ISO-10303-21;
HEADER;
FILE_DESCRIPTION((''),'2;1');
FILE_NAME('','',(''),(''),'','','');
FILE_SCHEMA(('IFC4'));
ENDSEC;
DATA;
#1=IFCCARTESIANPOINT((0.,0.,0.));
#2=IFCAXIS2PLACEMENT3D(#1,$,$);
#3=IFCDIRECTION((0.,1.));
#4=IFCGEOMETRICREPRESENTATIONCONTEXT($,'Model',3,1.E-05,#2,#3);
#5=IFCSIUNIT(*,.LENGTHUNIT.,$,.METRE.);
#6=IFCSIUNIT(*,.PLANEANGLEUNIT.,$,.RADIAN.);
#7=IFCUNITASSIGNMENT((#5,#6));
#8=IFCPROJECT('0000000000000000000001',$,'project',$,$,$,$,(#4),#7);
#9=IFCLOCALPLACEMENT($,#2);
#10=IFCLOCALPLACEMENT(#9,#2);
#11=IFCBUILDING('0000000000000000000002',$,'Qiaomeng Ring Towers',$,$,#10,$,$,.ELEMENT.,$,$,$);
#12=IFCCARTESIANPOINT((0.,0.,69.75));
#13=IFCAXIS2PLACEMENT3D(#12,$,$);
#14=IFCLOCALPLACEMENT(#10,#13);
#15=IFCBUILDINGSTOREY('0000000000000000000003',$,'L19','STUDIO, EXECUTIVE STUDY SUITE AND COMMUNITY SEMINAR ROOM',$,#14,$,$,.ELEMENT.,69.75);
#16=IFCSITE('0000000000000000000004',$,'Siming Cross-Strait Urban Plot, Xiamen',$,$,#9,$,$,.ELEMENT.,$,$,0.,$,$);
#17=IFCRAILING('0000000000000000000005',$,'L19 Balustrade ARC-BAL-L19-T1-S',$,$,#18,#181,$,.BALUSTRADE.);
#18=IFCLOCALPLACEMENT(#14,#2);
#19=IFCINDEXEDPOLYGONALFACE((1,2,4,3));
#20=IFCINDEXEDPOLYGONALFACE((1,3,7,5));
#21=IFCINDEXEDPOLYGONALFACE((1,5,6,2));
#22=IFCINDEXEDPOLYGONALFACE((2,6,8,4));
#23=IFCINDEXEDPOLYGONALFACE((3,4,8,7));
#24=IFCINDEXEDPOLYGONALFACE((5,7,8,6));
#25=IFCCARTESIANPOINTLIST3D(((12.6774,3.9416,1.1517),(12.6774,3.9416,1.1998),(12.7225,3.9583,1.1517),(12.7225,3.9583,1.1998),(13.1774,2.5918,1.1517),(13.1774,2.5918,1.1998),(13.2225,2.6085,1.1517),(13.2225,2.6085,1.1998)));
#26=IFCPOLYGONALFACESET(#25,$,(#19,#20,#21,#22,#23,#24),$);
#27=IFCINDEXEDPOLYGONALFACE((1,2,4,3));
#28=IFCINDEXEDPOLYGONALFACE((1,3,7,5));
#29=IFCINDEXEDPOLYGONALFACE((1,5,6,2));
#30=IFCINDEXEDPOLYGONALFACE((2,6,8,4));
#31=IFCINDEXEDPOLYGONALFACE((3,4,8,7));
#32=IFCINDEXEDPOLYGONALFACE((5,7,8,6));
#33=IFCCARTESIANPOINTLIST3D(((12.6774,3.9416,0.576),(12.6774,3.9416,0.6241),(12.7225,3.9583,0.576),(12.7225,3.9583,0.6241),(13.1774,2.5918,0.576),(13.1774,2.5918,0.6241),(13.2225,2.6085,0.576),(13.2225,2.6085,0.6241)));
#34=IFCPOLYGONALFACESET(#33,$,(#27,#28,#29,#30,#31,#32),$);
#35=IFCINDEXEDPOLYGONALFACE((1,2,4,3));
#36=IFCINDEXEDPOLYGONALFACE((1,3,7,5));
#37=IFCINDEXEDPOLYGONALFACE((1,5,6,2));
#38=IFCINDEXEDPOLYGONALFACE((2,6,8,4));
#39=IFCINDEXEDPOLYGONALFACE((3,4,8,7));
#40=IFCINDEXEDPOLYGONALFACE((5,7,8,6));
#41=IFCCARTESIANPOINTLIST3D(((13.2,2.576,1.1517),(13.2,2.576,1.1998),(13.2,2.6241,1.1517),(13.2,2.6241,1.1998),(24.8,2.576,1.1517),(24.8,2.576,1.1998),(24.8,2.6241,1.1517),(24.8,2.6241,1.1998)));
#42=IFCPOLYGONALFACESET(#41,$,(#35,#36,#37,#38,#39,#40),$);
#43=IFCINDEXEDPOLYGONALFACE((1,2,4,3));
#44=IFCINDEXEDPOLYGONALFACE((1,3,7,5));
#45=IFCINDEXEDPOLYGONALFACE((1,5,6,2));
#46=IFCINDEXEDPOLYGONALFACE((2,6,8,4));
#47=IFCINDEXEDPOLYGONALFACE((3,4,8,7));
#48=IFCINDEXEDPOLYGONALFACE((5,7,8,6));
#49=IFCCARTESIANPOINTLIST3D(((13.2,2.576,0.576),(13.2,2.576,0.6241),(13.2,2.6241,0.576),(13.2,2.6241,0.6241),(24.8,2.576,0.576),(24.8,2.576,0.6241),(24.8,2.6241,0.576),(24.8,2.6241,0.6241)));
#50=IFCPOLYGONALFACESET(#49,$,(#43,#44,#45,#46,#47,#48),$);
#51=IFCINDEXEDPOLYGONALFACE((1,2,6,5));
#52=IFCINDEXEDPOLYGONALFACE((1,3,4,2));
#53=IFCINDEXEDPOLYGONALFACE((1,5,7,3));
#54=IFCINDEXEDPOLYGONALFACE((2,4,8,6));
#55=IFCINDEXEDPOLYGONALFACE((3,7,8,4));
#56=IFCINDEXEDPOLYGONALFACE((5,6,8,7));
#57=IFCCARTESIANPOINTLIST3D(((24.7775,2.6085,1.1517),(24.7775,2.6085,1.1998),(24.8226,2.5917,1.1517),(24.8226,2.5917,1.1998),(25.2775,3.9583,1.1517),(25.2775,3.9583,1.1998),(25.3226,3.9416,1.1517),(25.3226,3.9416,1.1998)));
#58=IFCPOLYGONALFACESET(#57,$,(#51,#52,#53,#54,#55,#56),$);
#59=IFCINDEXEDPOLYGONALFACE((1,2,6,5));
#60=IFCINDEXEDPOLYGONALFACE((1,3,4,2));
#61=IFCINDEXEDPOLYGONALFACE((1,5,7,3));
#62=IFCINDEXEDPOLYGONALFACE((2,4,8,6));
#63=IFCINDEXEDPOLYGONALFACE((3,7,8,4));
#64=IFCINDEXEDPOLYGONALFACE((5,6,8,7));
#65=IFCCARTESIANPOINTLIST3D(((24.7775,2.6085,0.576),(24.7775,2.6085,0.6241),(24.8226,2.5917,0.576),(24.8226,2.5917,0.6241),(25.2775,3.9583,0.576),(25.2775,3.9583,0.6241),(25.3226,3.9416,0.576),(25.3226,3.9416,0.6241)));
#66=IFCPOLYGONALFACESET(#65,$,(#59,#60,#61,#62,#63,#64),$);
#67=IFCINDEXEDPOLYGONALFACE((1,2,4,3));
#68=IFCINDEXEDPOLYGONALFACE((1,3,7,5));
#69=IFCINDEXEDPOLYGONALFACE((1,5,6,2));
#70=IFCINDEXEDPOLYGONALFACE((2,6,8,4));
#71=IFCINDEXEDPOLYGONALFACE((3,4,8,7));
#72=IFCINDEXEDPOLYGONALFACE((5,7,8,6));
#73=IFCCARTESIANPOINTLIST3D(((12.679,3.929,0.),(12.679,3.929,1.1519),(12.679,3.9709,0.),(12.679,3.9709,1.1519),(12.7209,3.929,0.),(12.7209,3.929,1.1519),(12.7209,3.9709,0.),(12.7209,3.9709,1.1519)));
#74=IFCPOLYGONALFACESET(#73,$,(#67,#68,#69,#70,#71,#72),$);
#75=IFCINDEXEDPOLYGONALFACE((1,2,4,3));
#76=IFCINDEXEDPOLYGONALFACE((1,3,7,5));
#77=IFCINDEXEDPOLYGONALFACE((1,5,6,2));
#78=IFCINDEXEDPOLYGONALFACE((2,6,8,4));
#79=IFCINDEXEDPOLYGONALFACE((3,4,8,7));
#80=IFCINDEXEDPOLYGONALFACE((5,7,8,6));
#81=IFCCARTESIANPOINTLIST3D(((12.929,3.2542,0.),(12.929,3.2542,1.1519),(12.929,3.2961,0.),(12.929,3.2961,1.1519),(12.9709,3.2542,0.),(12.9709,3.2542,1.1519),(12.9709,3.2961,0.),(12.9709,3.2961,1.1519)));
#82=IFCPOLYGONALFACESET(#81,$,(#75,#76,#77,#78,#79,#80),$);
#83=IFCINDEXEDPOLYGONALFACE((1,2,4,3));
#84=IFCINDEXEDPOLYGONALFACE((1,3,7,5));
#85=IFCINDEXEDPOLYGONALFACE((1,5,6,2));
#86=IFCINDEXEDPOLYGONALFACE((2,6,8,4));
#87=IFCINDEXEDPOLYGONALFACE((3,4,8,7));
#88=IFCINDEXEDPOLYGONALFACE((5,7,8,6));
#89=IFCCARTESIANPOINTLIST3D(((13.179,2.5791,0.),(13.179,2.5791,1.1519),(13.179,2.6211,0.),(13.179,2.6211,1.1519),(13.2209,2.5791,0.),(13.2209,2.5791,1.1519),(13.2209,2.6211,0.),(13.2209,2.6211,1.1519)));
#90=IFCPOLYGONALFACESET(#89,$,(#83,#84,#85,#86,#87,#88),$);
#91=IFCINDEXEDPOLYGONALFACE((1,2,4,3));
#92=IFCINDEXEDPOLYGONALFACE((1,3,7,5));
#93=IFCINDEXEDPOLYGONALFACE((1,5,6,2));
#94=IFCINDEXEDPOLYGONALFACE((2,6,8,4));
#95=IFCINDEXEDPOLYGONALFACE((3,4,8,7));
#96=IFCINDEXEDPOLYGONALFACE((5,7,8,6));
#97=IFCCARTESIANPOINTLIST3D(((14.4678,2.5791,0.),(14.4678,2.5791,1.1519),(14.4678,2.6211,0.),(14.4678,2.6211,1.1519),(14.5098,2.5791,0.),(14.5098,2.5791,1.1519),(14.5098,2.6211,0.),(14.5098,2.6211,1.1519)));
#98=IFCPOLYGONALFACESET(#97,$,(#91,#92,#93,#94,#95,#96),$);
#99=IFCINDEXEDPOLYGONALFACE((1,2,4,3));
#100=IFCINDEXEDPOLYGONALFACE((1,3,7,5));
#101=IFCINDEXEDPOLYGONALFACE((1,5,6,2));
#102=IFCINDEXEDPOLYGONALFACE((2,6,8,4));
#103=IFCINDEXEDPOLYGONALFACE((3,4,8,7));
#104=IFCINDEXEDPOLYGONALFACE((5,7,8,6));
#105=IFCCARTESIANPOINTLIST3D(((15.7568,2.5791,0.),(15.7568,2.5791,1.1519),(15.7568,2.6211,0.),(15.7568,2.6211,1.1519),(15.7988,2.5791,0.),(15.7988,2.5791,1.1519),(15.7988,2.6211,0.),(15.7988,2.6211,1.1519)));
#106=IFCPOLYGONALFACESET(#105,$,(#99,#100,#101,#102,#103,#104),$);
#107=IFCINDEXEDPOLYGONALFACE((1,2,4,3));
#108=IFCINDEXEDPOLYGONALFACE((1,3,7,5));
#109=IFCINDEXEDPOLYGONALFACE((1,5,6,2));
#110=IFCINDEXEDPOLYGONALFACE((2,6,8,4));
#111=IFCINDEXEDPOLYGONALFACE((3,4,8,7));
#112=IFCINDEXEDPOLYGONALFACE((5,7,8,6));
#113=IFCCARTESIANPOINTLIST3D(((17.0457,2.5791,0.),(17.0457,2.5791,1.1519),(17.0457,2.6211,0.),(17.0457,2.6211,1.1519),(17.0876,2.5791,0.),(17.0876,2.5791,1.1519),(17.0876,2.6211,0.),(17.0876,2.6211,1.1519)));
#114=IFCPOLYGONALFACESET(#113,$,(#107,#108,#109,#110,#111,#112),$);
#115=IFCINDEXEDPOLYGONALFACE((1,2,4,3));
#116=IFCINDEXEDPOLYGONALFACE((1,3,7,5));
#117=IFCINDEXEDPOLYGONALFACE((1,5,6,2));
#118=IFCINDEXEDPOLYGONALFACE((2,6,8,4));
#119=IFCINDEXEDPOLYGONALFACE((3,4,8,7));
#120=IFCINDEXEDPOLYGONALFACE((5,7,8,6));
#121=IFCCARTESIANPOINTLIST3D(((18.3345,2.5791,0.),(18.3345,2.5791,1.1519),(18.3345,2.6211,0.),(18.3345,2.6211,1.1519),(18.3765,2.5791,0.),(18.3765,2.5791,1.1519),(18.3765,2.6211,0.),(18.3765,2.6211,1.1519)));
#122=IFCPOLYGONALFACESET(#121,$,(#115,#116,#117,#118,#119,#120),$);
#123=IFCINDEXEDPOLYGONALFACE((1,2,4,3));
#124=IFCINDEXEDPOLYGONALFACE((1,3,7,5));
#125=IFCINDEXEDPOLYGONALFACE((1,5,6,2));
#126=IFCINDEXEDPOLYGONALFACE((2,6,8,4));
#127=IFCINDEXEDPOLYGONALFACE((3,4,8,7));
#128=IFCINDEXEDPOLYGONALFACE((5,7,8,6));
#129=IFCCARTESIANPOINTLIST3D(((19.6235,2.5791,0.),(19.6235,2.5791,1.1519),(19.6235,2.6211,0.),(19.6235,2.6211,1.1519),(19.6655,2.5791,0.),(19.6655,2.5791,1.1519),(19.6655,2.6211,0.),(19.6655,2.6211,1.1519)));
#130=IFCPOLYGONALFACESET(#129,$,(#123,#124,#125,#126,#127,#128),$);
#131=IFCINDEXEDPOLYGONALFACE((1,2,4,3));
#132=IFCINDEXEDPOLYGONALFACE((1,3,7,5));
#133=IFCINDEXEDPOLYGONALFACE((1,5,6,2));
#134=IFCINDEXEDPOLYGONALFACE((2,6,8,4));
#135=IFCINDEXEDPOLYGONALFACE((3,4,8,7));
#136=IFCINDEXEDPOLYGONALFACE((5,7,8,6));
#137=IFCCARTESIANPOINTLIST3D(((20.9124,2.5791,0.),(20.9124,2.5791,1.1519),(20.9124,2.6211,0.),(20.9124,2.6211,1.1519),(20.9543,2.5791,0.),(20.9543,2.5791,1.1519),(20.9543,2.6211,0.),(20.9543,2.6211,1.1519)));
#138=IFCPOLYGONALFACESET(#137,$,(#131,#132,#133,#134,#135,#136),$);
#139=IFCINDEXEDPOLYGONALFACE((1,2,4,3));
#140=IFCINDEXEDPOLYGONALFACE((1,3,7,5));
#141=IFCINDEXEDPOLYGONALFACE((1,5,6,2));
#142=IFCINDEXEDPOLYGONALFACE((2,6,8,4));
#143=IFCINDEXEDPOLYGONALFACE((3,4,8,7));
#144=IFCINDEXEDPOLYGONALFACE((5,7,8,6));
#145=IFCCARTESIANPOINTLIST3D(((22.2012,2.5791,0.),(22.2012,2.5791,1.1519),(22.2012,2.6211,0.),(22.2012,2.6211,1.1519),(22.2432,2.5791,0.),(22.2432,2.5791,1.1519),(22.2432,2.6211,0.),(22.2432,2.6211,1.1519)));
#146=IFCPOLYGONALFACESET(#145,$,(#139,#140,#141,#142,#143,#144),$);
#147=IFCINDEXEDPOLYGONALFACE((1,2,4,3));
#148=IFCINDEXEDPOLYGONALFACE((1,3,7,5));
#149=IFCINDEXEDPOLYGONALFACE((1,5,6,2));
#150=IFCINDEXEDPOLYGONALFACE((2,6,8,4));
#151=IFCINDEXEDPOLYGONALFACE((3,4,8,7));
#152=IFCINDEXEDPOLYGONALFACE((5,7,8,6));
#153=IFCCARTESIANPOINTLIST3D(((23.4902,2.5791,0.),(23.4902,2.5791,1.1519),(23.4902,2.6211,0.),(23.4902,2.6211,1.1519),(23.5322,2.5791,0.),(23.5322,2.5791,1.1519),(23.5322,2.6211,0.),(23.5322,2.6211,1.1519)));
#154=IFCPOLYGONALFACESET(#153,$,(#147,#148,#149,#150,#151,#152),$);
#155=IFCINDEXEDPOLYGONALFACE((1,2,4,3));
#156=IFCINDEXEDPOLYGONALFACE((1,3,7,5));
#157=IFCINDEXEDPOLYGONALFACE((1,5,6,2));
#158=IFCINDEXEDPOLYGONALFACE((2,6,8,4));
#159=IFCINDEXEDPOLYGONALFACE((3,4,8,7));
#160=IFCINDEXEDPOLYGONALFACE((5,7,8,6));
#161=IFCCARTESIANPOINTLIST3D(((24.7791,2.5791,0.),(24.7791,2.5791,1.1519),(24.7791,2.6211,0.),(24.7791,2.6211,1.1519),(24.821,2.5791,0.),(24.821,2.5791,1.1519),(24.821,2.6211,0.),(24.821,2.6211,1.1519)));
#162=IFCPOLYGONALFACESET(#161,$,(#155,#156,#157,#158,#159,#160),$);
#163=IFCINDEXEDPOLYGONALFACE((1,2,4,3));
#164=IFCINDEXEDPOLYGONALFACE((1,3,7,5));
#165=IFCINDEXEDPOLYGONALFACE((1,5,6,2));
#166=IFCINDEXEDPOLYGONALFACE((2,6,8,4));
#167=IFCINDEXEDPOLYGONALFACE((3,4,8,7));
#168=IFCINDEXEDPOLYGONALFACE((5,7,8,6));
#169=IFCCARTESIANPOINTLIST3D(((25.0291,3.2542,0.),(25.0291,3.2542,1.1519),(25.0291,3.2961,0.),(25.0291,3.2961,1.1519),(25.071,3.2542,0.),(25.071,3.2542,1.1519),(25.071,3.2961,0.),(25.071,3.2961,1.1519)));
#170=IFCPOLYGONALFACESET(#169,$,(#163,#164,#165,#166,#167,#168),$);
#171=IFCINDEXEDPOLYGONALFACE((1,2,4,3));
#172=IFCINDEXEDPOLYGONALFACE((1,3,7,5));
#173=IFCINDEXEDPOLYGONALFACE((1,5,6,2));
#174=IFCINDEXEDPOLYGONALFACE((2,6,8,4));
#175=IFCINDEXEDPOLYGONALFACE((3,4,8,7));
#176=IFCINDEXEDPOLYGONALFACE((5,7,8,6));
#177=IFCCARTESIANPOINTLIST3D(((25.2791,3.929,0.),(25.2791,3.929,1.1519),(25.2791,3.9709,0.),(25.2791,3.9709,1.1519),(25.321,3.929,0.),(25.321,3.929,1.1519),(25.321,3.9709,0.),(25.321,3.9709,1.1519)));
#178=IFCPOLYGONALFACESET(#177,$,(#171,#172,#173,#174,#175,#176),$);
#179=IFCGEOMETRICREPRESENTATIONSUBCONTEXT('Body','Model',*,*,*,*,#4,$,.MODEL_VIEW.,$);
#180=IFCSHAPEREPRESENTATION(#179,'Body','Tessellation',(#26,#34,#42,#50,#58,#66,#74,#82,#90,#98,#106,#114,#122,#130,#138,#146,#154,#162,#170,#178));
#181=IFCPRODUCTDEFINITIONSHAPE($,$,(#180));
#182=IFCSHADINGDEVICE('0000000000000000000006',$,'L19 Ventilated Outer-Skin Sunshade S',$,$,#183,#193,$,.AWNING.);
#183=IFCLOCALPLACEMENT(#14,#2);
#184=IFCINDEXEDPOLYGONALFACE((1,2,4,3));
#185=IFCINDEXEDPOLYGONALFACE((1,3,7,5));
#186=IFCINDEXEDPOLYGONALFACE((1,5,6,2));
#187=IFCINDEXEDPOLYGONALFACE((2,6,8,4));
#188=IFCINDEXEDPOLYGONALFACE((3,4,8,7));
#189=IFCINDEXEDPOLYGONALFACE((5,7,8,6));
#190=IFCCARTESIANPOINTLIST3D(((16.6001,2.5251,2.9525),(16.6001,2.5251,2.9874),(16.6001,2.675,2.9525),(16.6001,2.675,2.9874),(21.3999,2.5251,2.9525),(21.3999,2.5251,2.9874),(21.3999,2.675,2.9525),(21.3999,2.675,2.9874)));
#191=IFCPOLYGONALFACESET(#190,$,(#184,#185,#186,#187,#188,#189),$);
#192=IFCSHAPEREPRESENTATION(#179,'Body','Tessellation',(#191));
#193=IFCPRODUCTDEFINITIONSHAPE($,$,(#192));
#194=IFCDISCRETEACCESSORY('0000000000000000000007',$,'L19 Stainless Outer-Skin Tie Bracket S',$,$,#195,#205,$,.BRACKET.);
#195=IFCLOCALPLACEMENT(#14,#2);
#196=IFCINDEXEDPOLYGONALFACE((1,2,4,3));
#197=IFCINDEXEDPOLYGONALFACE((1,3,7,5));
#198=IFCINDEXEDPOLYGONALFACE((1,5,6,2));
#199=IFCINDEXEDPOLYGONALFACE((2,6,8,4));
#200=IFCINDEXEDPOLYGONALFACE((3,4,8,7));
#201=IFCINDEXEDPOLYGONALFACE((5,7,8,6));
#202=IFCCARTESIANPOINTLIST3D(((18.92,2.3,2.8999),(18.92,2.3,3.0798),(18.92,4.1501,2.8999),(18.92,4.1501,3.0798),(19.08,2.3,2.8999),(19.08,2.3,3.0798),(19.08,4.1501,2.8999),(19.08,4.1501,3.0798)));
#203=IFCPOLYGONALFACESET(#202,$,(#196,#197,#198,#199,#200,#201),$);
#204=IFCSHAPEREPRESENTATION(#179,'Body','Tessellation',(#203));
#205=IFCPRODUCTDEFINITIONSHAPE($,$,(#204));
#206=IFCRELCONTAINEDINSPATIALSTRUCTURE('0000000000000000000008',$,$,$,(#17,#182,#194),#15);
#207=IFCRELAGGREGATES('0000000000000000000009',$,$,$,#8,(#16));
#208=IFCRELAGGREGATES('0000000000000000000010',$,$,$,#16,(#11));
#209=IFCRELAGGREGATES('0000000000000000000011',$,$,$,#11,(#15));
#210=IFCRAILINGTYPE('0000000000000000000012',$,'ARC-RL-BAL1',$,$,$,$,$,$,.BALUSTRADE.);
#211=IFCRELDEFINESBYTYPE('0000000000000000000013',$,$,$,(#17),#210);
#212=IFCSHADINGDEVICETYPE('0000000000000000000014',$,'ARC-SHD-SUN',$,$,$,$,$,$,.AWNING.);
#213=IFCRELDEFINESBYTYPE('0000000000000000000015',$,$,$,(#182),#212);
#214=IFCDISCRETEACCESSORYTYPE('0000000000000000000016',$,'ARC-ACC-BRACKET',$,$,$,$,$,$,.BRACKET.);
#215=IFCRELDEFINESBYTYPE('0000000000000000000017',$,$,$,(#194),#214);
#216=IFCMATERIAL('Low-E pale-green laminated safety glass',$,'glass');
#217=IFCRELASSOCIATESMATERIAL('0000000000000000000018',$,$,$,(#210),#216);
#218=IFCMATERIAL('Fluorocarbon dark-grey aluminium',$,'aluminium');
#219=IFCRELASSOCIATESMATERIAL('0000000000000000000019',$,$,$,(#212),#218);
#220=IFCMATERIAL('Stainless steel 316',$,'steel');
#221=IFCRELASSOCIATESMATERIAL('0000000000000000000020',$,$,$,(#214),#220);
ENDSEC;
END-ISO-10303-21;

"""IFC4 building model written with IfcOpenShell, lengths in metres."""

from ifc_helpers import new_model, si_unit, direction, frame, origin, origin_2d, place, context, subcontext, project, spatial, rectangle, extrude, source, transform, mapped, material, material_profile, profile_set, type_object, element, save


model = new_model("IFC4")

# Units and contexts
model_context = context("Model", 3, precision=1e-05, world=origin(), true_north=direction((0.0, 1.0)))
body_context = subcontext(model_context, "Body", "Model", "MODEL_VIEW")
ifc_project = project(units=[si_unit("LENGTHUNIT", "METRE"), si_unit("PLANEANGLEUNIT", "RADIAN")], contexts=[model_context])

# Site, building, storey
site_placement = place(None, origin())
site = spatial("IfcSite", under=ifc_project, at=site_placement, Name="Siming Cross-Strait Urban Plot, Xiamen", CompositionType="ELEMENT", RefElevation=0.0)
building_placement = place(site_placement, origin())
building = spatial("IfcBuilding", under=site, at=building_placement, Name="Qiaomeng Ring Towers", CompositionType="ELEMENT")
storey_placement = place(building_placement, frame((0.0, 0.0, 69.75)))
storey = spatial("IfcBuildingStorey", under=building, at=storey_placement, Name="L19", Description="STUDIO, EXECUTIVE STUDY SUITE AND COMMUNITY SEMINAR ROOM", CompositionType="ELEMENT", Elevation=69.75)

# Shared definitions
ifc_material_1 = material(Name="Stainless steel 316", Category="steel")

# Railing
ifc_material_2 = material(Name="Low-E pale-green laminated safety glass", Category="glass")
railing_type = type_object("IfcRailingType", Name="ARC-RL-BAL1", PredefinedType="BALUSTRADE", material=ifc_material_2)
railing_placement = place(storey_placement, frame((12.7, 3.95, 0.0)))
element("IfcRailing", 1, at=railing_placement, inside=storey, type_object=railing_type, Name="L19 Balustrade ARC-BAL-L19-T1-S", PredefinedType="BALUSTRADE", context=body_context, shape_type="SweptSolid", body=[
    extrude(rectangle(XDim=0.0481, YDim=0.0481, at=origin_2d()), frame((0.0, 0.0, 1.1758), z_axis=(0.347347, -0.937736, 0.0), x_axis=(0.937736, 0.347347, 0.0)), (0.0, 0.0, 1.0), 1.4395),
    extrude(rectangle(XDim=0.0481, YDim=0.0481, at=origin_2d()), frame((0.0, 0.0, 0.6001), z_axis=(0.347347, -0.937736, 0.0), x_axis=(0.937736, 0.347347, 0.0)), (0.0, 0.0, 1.0), 1.4395),
    extrude(rectangle(XDim=0.0481, YDim=0.0481, at=origin_2d()), frame((0.5, -1.3499, 1.1758), z_axis=(1.0, 0.0, 0.0), x_axis=(0.0, 1.0, 0.0)), (0.0, 0.0, 1.0), 11.6001),
    extrude(rectangle(XDim=0.0481, YDim=0.0481, at=origin_2d()), frame((0.5, -1.3499, 0.6001), z_axis=(1.0, 0.0, 0.0), x_axis=(0.0, 1.0, 0.0)), (0.0, 0.0, 1.0), 11.6001),
    extrude(rectangle(XDim=0.0481, YDim=0.0481, at=origin_2d()), frame((12.1001, -1.3499, 1.1758), z_axis=(0.347347, 0.937736, 0.0), x_axis=(-0.937736, 0.347347, 0.0)), (0.0, 0.0, 1.0), 1.4395),
    extrude(rectangle(XDim=0.0481, YDim=0.0481, at=origin_2d()), frame((12.1001, -1.3499, 0.6001), z_axis=(0.347347, 0.937736, 0.0), x_axis=(-0.937736, 0.347347, 0.0)), (0.0, 0.0, 1.0), 1.4395),
    extrude(rectangle(XDim=0.042, YDim=0.042, at=origin_2d()), origin(), (0.0, 0.0, 1.0), 1.1519),
    extrude(rectangle(XDim=0.042, YDim=0.042, at=origin_2d()), frame((0.25, -0.6748, 0.0)), (0.0, 0.0, 1.0), 1.1519),
    extrude(rectangle(XDim=0.042, YDim=0.042, at=origin_2d()), frame((0.5, -1.3499, 0.0)), (0.0, 0.0, 1.0), 1.1519),
    extrude(rectangle(XDim=0.042, YDim=0.042, at=origin_2d()), frame((1.7888, -1.3499, 0.0)), (0.0, 0.0, 1.0), 1.1519),
    extrude(rectangle(XDim=0.042, YDim=0.042, at=origin_2d()), frame((3.0779, -1.3499, 0.0)), (0.0, 0.0, 1.0), 1.1519),
    extrude(rectangle(XDim=0.042, YDim=0.042, at=origin_2d()), frame((4.3667, -1.3499, 0.0)), (0.0, 0.0, 1.0), 1.1519),
    extrude(rectangle(XDim=0.042, YDim=0.042, at=origin_2d()), frame((5.6555, -1.3499, 0.0)), (0.0, 0.0, 1.0), 1.1519),
    extrude(rectangle(XDim=0.042, YDim=0.042, at=origin_2d()), frame((6.9446, -1.3499, 0.0)), (0.0, 0.0, 1.0), 1.1519),
    extrude(rectangle(XDim=0.042, YDim=0.042, at=origin_2d()), frame((8.2334, -1.3499, 0.0)), (0.0, 0.0, 1.0), 1.1519),
    extrude(rectangle(XDim=0.042, YDim=0.042, at=origin_2d()), frame((9.5222, -1.3499, 0.0)), (0.0, 0.0, 1.0), 1.1519),
    extrude(rectangle(XDim=0.042, YDim=0.042, at=origin_2d()), frame((10.8113, -1.3499, 0.0)), (0.0, 0.0, 1.0), 1.1519),
    extrude(rectangle(XDim=0.042, YDim=0.042, at=origin_2d()), frame((12.1001, -1.3499, 0.0)), (0.0, 0.0, 1.0), 1.1519),
    extrude(rectangle(XDim=0.042, YDim=0.042, at=origin_2d()), frame((12.3501, -0.6748, 0.0)), (0.0, 0.0, 1.0), 1.1519),
    extrude(rectangle(XDim=0.042, YDim=0.042, at=origin_2d()), frame((12.6001, 0.0, 0.0)), (0.0, 0.0, 1.0), 1.1519),
])

# Shading device
ifc_material_3 = material(Name="Fluorocarbon dark-grey aluminium", Category="aluminium")
ifc_material_profile_1 = material_profile(ifc_material_3, rectangle(XDim=0.1499, YDim=0.0349, at=origin_2d()), Name="LV BLADE 150x35")
ifc_profile_set_1 = profile_set([ifc_material_profile_1], Name="Fluorocarbon dark-grey aluminium")
shading_device_type = type_object("IfcShadingDeviceType", Name="ARC-SHD-SUN", PredefinedType="AWNING", material=ifc_profile_set_1)
shared_shape_1 = source(origin(), body_context, "Body", "SweptSolid", [
    extrude(rectangle(XDim=0.1499, YDim=0.0349, at=origin_2d()), origin(), (0.0, 0.0, 1.0), 4.7998),
])
shading_device_placement = place(storey_placement, frame((16.6001, 2.6001, 2.97), z_axis=(1.0, 0.0, 0.0), x_axis=(0.0, 1.0, 0.0)))
element("IfcShadingDevice", 2, at=shading_device_placement, inside=storey, type_object=shading_device_type, Name="L19 Ventilated Outer-Skin Sunshade S", PredefinedType="AWNING", context=body_context, shape_type="MappedRepresentation", body=[
    mapped(shared_shape_1, transform((0.0, 0.0, 0.0), x_axis=(1.0, 0.0, 0.0), y_axis=(0.0, 1.0, 0.0), z_axis=(0.0, 0.0, 1.0), scale=1.0)),
])

# Discrete accessory
discrete_accessory_type = type_object("IfcDiscreteAccessoryType", Name="ARC-ACC-BRACKET", PredefinedType="BRACKET", material=ifc_material_1)
shared_shape_2 = source(origin(), body_context, "Body", "SweptSolid", [
    extrude(rectangle(XDim=0.1599, YDim=1.8501, at=origin_2d()), origin(), (0.0, 0.0, 1.0), 0.1799),
])
discrete_accessory_placement = place(storey_placement, frame((19.0, 3.2251, 2.8999), z_axis=(0.0, 0.0, 1.0), x_axis=(1.0, 0.0, 0.0)))
element("IfcDiscreteAccessory", 3, at=discrete_accessory_placement, inside=storey, type_object=discrete_accessory_type, Name="L19 Stainless Outer-Skin Tie Bracket S", PredefinedType="BRACKET", context=body_context, shape_type="MappedRepresentation", body=[
    mapped(shared_shape_2, transform((0.0, 0.0, 0.0), x_axis=(1.0, 0.0, 0.0), y_axis=(0.0, 1.0, 0.0), z_axis=(0.0, 0.0, 1.0), scale=1.0)),
])

save(model, "model.ifc")
